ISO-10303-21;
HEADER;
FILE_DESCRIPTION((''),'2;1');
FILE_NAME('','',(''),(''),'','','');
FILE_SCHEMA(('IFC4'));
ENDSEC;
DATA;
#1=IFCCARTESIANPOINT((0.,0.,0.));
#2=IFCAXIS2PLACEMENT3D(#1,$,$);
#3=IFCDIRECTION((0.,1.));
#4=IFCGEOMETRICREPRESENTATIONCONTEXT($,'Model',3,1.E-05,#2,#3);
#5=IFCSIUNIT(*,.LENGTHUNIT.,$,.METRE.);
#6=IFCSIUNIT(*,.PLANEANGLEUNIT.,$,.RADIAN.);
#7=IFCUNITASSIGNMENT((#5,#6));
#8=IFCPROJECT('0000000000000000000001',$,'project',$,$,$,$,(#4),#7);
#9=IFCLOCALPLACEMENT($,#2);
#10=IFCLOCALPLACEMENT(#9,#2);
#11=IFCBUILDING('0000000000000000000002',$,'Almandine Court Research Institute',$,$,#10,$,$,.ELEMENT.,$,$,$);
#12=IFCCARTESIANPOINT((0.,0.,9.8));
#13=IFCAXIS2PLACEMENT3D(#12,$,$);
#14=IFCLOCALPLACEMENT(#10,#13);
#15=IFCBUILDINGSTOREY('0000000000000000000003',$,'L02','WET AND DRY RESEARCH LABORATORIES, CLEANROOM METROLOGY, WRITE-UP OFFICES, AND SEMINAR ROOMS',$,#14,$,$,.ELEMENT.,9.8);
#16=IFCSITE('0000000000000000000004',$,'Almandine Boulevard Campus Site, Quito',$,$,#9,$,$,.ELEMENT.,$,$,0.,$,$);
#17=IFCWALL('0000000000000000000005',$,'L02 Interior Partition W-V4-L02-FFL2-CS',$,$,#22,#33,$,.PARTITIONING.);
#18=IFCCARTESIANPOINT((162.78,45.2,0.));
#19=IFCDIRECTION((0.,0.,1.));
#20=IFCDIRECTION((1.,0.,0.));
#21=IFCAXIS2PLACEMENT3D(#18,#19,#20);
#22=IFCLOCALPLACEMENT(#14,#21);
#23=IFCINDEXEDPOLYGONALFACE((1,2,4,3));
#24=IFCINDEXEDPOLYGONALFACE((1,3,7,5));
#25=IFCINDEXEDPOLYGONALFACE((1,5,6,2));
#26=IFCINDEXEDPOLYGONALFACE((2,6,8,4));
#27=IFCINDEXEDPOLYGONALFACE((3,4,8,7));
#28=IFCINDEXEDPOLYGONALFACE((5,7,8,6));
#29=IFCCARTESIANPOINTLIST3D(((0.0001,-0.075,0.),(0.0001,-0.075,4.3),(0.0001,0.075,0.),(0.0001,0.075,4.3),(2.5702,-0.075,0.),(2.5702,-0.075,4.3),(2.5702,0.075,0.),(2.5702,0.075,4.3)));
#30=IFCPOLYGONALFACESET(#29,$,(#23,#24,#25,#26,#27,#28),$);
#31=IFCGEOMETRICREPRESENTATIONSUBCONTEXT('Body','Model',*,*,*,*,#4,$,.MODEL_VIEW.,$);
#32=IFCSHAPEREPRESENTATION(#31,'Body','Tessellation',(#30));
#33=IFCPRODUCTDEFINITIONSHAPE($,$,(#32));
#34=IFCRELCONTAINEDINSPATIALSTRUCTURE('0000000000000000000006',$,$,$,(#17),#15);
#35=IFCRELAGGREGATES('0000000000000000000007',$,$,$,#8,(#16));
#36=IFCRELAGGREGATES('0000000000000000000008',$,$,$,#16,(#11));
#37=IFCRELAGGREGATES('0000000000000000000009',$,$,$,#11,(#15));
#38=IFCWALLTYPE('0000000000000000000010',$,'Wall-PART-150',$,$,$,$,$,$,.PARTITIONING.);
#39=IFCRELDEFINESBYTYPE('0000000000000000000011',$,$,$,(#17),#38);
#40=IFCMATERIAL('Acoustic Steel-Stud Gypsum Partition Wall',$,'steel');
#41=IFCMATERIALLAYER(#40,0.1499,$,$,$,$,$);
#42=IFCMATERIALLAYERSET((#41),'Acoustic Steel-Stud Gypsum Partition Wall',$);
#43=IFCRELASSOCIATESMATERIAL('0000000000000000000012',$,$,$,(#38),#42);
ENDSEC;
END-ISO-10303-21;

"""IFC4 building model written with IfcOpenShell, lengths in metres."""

from ifc_helpers import new_model, si_unit, direction, frame, frame_2d, origin, place, context, subcontext, project, spatial, rectangle, extrude, material, layer, layer_set, type_object, element, save


model = new_model("IFC4")

# Units and contexts
model_context = context("Model", 3, precision=1e-05, world=origin(), true_north=direction((0.0, 1.0)))
body_context = subcontext(model_context, "Body", "Model", "MODEL_VIEW")
ifc_project = project(units=[si_unit("LENGTHUNIT", "METRE"), si_unit("PLANEANGLEUNIT", "RADIAN")], contexts=[model_context])

# Site, building, storey
site_placement = place(None, origin())
site = spatial("IfcSite", under=ifc_project, at=site_placement, Name="Almandine Boulevard Campus Site, Quito", CompositionType="ELEMENT", RefElevation=0.0)
building_placement = place(site_placement, origin())
building = spatial("IfcBuilding", under=site, at=building_placement, Name="Almandine Court Research Institute", CompositionType="ELEMENT")
storey_placement = place(building_placement, frame((0.0, 0.0, 9.8)))
storey = spatial("IfcBuildingStorey", under=building, at=storey_placement, Name="L02", Description="WET AND DRY RESEARCH LABORATORIES, CLEANROOM METROLOGY, WRITE-UP OFFICES, AND SEMINAR ROOMS", CompositionType="ELEMENT", Elevation=9.8)

# Shared definitions
ifc_material_1 = material(Name="Acoustic Steel-Stud Gypsum Partition Wall", Category="steel")
ifc_layer_1 = layer(ifc_material_1, 0.1499)
ifc_layer_set_1 = layer_set([ifc_layer_1], Name="Acoustic Steel-Stud Gypsum Partition Wall")
wall_type_1 = type_object("IfcWallType", Name="Wall-PART-150", PredefinedType="PARTITIONING", material=ifc_layer_set_1)

# Wall
wall_1_placement = place(storey_placement, frame((162.78, 45.2, 0.0), z_axis=(0.0, 0.0, 1.0), x_axis=(1.0, 0.0, 0.0)))
element("IfcWall", 1, at=wall_1_placement, inside=storey, type_object=wall_type_1, Name="L02 Interior Partition W-V4-L02-FFL2-CS", PredefinedType="PARTITIONING", context=body_context, shape_type="SweptSolid", body=[
    extrude(rectangle(XDim=2.5701, YDim=0.1499, at=frame_2d((1.2852, 0.0))), origin(), (0.0, 0.0, 1.0), 4.3),
])

save(model, "model.ifc")
